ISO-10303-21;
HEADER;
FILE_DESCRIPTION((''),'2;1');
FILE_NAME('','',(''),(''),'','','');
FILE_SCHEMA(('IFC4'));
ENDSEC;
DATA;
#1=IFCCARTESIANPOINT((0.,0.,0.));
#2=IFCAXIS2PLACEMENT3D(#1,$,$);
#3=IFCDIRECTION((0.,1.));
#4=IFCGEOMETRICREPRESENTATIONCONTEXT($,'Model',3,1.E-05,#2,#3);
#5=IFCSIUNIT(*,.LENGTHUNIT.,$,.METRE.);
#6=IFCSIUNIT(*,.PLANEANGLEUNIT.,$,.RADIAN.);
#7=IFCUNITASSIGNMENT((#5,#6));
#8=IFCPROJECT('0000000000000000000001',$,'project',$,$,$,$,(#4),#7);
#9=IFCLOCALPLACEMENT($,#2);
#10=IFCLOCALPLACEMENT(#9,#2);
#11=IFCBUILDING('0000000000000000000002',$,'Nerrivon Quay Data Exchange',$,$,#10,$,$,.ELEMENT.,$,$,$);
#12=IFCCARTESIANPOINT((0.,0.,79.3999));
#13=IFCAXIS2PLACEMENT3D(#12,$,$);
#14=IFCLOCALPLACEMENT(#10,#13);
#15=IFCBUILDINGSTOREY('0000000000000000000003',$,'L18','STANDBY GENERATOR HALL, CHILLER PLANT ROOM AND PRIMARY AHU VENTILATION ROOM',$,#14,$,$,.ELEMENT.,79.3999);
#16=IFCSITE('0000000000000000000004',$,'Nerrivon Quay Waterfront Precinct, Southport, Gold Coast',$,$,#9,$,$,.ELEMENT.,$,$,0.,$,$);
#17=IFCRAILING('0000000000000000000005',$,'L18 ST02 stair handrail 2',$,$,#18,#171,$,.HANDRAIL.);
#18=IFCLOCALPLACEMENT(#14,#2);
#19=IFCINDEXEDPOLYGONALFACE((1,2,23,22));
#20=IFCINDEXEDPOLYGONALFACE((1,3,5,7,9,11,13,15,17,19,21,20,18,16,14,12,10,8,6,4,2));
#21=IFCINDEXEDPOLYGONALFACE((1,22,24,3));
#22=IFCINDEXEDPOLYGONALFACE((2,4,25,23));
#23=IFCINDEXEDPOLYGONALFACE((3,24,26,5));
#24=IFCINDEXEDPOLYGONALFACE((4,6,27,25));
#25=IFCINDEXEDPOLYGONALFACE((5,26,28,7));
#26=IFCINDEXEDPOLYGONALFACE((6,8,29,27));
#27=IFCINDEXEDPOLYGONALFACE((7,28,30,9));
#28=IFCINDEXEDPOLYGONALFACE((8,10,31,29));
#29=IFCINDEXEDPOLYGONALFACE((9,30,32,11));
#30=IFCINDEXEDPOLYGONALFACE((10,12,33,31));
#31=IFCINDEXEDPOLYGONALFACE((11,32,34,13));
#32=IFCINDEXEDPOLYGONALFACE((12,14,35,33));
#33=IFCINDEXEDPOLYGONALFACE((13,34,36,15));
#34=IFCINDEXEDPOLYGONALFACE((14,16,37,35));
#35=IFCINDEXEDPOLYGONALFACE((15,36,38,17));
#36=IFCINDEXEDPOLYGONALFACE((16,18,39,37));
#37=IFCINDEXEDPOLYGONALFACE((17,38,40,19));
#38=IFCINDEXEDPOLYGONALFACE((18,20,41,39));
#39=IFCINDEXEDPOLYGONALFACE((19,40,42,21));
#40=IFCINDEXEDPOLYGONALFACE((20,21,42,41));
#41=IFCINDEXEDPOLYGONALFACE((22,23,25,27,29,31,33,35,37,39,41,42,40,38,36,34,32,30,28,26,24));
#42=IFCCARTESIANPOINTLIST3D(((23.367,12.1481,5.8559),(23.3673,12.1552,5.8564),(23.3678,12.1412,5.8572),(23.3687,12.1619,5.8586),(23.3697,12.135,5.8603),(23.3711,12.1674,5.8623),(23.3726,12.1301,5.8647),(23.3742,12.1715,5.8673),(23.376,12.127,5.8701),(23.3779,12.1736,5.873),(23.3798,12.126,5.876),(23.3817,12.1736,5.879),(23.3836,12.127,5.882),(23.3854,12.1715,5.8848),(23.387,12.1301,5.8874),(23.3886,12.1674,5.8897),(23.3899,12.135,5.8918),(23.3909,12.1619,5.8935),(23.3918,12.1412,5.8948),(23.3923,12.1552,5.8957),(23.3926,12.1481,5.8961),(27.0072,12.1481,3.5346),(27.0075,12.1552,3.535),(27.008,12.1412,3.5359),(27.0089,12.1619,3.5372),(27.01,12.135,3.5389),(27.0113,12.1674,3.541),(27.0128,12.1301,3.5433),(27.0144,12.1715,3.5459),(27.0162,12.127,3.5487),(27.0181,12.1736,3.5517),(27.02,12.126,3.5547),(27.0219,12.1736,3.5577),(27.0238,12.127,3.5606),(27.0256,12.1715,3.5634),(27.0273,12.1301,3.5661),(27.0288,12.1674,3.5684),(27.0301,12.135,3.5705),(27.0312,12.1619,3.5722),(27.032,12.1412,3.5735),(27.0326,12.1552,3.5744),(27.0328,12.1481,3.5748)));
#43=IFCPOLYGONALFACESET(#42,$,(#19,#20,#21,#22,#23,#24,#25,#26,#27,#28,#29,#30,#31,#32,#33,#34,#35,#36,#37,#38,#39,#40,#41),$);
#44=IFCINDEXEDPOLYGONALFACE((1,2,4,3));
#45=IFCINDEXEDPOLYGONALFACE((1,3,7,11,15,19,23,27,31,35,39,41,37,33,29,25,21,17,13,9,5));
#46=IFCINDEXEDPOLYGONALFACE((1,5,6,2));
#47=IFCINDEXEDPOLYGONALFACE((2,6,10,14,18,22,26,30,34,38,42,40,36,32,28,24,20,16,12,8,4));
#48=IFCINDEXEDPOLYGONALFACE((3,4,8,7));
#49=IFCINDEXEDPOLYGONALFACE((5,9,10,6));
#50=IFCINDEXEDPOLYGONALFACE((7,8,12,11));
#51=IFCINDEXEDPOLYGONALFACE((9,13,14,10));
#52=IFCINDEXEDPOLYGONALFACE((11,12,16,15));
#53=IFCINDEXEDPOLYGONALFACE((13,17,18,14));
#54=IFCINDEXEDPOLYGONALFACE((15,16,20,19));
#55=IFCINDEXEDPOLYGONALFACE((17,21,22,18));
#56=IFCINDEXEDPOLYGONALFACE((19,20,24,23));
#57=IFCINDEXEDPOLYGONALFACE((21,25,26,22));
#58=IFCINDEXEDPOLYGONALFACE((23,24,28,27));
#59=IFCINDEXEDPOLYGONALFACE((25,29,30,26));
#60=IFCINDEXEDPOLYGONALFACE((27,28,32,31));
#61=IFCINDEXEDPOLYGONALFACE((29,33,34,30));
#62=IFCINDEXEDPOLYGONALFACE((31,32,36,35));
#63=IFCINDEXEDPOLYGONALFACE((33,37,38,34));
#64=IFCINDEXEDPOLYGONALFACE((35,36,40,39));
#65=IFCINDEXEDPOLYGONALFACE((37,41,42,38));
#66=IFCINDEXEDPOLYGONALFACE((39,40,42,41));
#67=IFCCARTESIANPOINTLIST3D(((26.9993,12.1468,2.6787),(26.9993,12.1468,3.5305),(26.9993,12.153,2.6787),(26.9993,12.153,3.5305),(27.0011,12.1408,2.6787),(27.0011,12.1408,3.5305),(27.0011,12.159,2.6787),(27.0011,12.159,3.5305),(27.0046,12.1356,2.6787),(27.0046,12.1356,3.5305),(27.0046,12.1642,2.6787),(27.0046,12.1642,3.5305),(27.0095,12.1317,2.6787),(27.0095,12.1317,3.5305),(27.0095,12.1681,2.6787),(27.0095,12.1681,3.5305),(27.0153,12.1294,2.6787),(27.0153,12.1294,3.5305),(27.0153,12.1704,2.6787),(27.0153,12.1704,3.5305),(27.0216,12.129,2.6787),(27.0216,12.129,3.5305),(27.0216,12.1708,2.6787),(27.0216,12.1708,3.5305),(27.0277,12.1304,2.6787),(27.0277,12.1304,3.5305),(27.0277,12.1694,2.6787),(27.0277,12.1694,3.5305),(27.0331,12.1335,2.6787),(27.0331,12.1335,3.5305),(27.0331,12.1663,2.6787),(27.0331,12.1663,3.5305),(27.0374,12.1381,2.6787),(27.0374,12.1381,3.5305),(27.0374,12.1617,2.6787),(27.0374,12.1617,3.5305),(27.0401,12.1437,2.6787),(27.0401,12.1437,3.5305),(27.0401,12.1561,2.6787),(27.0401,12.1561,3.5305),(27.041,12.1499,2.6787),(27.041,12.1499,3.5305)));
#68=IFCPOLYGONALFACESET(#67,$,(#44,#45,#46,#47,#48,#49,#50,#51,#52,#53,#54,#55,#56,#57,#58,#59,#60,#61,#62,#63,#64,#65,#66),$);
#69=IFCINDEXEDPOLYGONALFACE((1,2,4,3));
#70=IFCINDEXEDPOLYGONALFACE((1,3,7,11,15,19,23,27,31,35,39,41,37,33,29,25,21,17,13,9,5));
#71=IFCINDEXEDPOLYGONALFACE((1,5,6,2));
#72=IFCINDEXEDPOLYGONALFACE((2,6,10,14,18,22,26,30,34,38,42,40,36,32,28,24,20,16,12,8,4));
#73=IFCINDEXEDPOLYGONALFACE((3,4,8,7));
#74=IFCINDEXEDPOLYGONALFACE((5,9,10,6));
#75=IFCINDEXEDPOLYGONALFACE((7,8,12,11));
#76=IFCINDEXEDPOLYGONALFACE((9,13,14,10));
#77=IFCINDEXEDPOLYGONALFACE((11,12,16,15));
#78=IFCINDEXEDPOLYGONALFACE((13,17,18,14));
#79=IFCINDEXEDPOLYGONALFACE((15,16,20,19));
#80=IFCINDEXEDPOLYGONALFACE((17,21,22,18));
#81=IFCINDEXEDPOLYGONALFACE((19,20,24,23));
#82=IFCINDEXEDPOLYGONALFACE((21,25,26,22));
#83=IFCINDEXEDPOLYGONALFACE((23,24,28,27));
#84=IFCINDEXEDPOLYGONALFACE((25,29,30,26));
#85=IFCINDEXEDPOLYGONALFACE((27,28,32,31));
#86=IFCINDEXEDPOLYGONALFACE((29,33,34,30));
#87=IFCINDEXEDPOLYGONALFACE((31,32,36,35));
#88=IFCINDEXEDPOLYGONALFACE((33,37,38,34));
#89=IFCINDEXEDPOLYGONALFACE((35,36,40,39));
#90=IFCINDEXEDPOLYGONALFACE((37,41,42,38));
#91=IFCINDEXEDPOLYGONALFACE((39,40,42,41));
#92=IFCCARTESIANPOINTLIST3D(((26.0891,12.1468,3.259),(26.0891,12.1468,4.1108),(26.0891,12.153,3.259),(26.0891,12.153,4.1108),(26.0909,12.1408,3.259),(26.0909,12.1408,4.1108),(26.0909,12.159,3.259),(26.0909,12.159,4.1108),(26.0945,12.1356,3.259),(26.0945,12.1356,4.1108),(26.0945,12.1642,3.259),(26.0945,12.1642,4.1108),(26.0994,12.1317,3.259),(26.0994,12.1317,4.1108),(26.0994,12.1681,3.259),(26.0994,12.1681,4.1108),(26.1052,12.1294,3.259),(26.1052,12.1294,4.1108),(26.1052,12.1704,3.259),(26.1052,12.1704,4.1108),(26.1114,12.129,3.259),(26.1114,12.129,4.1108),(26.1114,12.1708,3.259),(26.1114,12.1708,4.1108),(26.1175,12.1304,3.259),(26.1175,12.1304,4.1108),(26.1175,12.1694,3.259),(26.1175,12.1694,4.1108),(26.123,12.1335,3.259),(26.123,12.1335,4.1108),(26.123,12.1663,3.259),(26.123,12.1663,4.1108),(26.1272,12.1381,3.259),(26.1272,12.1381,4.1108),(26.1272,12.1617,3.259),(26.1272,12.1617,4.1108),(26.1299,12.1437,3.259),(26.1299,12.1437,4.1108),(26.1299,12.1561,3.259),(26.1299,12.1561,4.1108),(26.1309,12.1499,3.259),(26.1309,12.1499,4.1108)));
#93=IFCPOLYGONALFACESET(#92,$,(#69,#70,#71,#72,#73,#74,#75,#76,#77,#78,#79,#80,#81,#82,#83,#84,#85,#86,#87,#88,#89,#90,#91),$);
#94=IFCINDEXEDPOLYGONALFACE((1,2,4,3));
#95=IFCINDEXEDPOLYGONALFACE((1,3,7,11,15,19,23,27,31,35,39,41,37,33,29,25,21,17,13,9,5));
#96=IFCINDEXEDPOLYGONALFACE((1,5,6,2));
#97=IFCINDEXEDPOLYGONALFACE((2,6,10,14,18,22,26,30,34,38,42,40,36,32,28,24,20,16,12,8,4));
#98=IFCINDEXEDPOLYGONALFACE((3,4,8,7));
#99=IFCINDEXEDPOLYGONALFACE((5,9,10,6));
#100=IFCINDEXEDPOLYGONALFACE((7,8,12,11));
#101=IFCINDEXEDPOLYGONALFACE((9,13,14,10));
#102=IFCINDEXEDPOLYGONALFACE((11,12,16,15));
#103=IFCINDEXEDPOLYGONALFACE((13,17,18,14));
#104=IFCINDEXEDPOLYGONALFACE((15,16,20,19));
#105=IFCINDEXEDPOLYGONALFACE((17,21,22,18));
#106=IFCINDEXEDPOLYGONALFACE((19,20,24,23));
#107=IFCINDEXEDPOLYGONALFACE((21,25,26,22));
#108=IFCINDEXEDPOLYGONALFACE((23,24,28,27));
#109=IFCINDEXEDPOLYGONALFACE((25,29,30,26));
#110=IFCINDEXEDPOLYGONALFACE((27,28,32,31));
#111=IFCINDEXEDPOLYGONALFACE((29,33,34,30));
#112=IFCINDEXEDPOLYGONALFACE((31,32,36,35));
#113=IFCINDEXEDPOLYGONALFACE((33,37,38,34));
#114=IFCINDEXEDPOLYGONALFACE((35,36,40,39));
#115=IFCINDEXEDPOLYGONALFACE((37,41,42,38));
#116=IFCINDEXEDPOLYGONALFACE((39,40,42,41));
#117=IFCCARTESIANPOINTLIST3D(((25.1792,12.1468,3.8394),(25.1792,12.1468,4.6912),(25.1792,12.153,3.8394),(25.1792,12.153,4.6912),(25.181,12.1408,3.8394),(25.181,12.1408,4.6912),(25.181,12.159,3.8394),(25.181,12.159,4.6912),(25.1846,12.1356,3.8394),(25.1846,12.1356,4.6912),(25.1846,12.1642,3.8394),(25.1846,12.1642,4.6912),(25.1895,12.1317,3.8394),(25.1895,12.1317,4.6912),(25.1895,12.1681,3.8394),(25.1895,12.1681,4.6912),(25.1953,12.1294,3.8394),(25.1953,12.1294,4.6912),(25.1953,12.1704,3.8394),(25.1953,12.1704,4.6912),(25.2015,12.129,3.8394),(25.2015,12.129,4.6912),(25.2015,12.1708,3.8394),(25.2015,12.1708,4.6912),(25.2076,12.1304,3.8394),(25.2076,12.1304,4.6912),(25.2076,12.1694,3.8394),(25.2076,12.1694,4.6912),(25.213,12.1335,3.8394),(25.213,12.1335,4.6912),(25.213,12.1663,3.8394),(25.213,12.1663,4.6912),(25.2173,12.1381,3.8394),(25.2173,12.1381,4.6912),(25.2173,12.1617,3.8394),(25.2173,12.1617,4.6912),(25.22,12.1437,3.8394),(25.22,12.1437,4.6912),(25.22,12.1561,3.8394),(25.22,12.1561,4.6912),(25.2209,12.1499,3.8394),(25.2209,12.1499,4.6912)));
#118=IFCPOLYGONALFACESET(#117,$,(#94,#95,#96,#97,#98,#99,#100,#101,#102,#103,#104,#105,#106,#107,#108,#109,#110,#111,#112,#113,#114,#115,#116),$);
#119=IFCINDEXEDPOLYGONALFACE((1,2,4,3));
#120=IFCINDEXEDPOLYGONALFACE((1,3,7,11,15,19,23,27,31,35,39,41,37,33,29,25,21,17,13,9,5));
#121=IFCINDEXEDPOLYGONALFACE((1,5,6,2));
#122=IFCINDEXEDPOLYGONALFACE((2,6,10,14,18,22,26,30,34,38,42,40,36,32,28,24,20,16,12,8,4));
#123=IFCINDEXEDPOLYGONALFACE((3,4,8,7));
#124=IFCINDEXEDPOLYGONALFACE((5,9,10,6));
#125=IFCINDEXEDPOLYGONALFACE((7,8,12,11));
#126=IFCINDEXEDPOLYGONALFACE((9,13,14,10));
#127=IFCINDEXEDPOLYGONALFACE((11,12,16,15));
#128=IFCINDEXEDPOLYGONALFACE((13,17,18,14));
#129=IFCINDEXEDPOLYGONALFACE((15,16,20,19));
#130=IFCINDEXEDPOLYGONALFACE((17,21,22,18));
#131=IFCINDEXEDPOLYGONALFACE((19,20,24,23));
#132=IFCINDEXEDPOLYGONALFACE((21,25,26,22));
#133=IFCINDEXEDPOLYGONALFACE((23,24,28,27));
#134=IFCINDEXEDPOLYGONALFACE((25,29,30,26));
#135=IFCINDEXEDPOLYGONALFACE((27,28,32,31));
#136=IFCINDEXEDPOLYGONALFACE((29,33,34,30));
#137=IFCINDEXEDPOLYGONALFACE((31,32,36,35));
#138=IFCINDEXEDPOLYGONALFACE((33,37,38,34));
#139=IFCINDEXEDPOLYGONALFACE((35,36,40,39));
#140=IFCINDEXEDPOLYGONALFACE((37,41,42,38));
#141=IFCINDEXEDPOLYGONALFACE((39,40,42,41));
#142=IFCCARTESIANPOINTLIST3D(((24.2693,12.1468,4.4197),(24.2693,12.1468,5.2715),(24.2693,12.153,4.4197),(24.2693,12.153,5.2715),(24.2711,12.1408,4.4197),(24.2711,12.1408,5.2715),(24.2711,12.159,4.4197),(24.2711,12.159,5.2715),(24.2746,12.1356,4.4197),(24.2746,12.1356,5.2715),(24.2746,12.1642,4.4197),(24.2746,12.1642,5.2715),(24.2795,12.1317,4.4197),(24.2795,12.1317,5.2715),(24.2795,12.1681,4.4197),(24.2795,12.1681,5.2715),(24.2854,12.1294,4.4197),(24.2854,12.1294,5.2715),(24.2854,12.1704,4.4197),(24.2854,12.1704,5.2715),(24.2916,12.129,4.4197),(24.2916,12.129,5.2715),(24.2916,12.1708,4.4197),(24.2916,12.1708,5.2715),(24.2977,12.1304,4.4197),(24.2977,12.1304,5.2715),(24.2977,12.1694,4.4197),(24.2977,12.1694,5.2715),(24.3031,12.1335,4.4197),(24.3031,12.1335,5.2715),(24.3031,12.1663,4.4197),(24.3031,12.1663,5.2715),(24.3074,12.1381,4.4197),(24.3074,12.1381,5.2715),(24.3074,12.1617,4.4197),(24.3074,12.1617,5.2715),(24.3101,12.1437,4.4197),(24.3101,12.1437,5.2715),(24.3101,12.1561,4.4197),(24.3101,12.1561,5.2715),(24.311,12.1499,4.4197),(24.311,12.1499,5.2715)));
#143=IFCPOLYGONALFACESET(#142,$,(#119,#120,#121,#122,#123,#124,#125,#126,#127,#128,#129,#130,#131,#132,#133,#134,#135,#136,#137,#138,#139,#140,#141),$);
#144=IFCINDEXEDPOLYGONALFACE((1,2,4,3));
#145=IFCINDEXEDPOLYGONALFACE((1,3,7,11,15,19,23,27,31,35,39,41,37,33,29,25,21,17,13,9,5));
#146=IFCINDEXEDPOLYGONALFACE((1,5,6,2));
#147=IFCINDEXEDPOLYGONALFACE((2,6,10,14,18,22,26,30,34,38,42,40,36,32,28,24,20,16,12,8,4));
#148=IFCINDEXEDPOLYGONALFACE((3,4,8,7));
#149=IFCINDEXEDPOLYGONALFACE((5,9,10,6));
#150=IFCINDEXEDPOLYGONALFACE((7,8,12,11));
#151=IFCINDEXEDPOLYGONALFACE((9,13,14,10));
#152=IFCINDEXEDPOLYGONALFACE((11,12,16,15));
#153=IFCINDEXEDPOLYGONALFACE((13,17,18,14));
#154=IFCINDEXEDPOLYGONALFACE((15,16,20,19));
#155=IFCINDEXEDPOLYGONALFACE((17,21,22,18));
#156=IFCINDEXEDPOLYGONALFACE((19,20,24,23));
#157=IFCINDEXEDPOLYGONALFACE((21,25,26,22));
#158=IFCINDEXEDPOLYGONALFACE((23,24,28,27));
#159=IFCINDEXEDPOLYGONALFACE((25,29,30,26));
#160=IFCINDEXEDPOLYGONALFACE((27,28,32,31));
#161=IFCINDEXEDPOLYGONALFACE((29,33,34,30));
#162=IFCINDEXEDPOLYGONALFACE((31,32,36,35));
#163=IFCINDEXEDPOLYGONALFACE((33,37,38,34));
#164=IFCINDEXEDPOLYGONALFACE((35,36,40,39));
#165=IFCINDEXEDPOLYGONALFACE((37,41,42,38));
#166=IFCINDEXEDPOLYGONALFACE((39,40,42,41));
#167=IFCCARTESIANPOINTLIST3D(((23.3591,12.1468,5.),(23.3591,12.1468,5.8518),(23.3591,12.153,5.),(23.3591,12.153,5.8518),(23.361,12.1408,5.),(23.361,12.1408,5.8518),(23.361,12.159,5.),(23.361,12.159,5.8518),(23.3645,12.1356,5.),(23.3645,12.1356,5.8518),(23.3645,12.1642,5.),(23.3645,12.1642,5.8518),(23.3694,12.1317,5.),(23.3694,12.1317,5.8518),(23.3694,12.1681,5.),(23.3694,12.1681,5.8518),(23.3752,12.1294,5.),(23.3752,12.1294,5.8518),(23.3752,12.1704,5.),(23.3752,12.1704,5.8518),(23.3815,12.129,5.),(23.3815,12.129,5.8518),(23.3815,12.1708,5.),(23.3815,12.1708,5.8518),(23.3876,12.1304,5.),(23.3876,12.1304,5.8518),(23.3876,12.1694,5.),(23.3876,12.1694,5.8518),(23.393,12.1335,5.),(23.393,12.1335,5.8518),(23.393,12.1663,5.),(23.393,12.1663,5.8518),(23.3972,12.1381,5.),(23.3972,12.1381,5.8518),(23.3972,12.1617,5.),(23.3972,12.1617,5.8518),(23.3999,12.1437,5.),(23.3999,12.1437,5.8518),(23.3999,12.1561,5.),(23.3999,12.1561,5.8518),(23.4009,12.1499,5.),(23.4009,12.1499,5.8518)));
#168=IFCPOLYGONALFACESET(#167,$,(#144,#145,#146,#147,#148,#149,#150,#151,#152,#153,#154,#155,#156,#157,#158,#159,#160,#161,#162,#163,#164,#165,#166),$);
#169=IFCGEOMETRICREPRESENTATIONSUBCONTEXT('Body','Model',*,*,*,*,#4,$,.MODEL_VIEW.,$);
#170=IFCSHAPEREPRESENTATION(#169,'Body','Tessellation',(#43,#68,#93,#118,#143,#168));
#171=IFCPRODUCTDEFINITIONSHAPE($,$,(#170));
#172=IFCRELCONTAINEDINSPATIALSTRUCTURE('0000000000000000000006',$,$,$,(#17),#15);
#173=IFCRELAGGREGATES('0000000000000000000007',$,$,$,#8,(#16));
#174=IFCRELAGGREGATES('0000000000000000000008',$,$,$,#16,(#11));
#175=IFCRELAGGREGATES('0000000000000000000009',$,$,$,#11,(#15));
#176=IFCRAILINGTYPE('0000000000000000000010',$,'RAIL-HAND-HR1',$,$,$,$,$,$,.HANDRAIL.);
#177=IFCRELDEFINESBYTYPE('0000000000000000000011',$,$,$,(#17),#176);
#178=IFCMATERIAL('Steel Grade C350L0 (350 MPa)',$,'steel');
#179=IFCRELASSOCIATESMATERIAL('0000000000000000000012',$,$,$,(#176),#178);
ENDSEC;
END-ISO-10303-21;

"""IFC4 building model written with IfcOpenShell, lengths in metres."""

from ifc_helpers import new_model, si_unit, direction, frame, origin, origin_2d, place, context, subcontext, project, spatial, circle, extrude, material, type_object, element, save


model = new_model("IFC4")

# Units and contexts
model_context = context("Model", 3, precision=1e-05, world=origin(), true_north=direction((0.0, 1.0)))
body_context = subcontext(model_context, "Body", "Model", "MODEL_VIEW")
ifc_project = project(units=[si_unit("LENGTHUNIT", "METRE"), si_unit("PLANEANGLEUNIT", "RADIAN")], contexts=[model_context])

# Site, building, storey
site_placement = place(None, origin())
site = spatial("IfcSite", under=ifc_project, at=site_placement, Name="Nerrivon Quay Waterfront Precinct, Southport, Gold Coast", CompositionType="ELEMENT", RefElevation=0.0)
building_placement = place(site_placement, origin())
building = spatial("IfcBuilding", under=site, at=building_placement, Name="Nerrivon Quay Data Exchange", CompositionType="ELEMENT")
storey_placement = place(building_placement, frame((0.0, 0.0, 79.3999)))
storey = spatial("IfcBuildingStorey", under=building, at=storey_placement, Name="L18", Description="STANDBY GENERATOR HALL, CHILLER PLANT ROOM AND PRIMARY AHU VENTILATION ROOM", CompositionType="ELEMENT", Elevation=79.3999)

# Railing
ifc_material_1 = material(Name="Steel Grade C350L0 (350 MPa)", Category="steel")
railing_type_1 = type_object("IfcRailingType", Name="RAIL-HAND-HR1", PredefinedType="HANDRAIL", material=ifc_material_1)
railing_1_placement = place(storey_placement, frame((27.02, 12.1499, 2.6787)))
element("IfcRailing", 1, at=railing_1_placement, inside=storey, type_object=railing_type_1, Name="L18 ST02 stair handrail 2", PredefinedType="HANDRAIL", context=body_context, shape_type="SweptSolid", body=[
    extrude(circle(Radius=0.0239, at=origin_2d()), frame((0.0, 0.0, 0.876), z_axis=(-0.843153, 0.0, 0.537673), x_axis=(0.0, -1.0, 0.0)), (0.0, 0.0, 1.0), 4.3174),
    extrude(circle(Radius=0.021, at=origin_2d()), origin(), (0.0, 0.0, 1.0), 0.8518),
    extrude(circle(Radius=0.021, at=origin_2d()), frame((-0.9102, 0.0, 0.5803)), (0.0, 0.0, 1.0), 0.8518),
    extrude(circle(Radius=0.021, at=origin_2d()), frame((-1.8201, 0.0, 1.1606)), (0.0, 0.0, 1.0), 0.8518),
    extrude(circle(Radius=0.021, at=origin_2d()), frame((-2.73, 0.0, 1.741)), (0.0, 0.0, 1.0), 0.8518),
    extrude(circle(Radius=0.021, at=origin_2d()), frame((-3.6401, 0.0, 2.3213)), (0.0, 0.0, 1.0), 0.8518),
])

save(model, "model.ifc")
